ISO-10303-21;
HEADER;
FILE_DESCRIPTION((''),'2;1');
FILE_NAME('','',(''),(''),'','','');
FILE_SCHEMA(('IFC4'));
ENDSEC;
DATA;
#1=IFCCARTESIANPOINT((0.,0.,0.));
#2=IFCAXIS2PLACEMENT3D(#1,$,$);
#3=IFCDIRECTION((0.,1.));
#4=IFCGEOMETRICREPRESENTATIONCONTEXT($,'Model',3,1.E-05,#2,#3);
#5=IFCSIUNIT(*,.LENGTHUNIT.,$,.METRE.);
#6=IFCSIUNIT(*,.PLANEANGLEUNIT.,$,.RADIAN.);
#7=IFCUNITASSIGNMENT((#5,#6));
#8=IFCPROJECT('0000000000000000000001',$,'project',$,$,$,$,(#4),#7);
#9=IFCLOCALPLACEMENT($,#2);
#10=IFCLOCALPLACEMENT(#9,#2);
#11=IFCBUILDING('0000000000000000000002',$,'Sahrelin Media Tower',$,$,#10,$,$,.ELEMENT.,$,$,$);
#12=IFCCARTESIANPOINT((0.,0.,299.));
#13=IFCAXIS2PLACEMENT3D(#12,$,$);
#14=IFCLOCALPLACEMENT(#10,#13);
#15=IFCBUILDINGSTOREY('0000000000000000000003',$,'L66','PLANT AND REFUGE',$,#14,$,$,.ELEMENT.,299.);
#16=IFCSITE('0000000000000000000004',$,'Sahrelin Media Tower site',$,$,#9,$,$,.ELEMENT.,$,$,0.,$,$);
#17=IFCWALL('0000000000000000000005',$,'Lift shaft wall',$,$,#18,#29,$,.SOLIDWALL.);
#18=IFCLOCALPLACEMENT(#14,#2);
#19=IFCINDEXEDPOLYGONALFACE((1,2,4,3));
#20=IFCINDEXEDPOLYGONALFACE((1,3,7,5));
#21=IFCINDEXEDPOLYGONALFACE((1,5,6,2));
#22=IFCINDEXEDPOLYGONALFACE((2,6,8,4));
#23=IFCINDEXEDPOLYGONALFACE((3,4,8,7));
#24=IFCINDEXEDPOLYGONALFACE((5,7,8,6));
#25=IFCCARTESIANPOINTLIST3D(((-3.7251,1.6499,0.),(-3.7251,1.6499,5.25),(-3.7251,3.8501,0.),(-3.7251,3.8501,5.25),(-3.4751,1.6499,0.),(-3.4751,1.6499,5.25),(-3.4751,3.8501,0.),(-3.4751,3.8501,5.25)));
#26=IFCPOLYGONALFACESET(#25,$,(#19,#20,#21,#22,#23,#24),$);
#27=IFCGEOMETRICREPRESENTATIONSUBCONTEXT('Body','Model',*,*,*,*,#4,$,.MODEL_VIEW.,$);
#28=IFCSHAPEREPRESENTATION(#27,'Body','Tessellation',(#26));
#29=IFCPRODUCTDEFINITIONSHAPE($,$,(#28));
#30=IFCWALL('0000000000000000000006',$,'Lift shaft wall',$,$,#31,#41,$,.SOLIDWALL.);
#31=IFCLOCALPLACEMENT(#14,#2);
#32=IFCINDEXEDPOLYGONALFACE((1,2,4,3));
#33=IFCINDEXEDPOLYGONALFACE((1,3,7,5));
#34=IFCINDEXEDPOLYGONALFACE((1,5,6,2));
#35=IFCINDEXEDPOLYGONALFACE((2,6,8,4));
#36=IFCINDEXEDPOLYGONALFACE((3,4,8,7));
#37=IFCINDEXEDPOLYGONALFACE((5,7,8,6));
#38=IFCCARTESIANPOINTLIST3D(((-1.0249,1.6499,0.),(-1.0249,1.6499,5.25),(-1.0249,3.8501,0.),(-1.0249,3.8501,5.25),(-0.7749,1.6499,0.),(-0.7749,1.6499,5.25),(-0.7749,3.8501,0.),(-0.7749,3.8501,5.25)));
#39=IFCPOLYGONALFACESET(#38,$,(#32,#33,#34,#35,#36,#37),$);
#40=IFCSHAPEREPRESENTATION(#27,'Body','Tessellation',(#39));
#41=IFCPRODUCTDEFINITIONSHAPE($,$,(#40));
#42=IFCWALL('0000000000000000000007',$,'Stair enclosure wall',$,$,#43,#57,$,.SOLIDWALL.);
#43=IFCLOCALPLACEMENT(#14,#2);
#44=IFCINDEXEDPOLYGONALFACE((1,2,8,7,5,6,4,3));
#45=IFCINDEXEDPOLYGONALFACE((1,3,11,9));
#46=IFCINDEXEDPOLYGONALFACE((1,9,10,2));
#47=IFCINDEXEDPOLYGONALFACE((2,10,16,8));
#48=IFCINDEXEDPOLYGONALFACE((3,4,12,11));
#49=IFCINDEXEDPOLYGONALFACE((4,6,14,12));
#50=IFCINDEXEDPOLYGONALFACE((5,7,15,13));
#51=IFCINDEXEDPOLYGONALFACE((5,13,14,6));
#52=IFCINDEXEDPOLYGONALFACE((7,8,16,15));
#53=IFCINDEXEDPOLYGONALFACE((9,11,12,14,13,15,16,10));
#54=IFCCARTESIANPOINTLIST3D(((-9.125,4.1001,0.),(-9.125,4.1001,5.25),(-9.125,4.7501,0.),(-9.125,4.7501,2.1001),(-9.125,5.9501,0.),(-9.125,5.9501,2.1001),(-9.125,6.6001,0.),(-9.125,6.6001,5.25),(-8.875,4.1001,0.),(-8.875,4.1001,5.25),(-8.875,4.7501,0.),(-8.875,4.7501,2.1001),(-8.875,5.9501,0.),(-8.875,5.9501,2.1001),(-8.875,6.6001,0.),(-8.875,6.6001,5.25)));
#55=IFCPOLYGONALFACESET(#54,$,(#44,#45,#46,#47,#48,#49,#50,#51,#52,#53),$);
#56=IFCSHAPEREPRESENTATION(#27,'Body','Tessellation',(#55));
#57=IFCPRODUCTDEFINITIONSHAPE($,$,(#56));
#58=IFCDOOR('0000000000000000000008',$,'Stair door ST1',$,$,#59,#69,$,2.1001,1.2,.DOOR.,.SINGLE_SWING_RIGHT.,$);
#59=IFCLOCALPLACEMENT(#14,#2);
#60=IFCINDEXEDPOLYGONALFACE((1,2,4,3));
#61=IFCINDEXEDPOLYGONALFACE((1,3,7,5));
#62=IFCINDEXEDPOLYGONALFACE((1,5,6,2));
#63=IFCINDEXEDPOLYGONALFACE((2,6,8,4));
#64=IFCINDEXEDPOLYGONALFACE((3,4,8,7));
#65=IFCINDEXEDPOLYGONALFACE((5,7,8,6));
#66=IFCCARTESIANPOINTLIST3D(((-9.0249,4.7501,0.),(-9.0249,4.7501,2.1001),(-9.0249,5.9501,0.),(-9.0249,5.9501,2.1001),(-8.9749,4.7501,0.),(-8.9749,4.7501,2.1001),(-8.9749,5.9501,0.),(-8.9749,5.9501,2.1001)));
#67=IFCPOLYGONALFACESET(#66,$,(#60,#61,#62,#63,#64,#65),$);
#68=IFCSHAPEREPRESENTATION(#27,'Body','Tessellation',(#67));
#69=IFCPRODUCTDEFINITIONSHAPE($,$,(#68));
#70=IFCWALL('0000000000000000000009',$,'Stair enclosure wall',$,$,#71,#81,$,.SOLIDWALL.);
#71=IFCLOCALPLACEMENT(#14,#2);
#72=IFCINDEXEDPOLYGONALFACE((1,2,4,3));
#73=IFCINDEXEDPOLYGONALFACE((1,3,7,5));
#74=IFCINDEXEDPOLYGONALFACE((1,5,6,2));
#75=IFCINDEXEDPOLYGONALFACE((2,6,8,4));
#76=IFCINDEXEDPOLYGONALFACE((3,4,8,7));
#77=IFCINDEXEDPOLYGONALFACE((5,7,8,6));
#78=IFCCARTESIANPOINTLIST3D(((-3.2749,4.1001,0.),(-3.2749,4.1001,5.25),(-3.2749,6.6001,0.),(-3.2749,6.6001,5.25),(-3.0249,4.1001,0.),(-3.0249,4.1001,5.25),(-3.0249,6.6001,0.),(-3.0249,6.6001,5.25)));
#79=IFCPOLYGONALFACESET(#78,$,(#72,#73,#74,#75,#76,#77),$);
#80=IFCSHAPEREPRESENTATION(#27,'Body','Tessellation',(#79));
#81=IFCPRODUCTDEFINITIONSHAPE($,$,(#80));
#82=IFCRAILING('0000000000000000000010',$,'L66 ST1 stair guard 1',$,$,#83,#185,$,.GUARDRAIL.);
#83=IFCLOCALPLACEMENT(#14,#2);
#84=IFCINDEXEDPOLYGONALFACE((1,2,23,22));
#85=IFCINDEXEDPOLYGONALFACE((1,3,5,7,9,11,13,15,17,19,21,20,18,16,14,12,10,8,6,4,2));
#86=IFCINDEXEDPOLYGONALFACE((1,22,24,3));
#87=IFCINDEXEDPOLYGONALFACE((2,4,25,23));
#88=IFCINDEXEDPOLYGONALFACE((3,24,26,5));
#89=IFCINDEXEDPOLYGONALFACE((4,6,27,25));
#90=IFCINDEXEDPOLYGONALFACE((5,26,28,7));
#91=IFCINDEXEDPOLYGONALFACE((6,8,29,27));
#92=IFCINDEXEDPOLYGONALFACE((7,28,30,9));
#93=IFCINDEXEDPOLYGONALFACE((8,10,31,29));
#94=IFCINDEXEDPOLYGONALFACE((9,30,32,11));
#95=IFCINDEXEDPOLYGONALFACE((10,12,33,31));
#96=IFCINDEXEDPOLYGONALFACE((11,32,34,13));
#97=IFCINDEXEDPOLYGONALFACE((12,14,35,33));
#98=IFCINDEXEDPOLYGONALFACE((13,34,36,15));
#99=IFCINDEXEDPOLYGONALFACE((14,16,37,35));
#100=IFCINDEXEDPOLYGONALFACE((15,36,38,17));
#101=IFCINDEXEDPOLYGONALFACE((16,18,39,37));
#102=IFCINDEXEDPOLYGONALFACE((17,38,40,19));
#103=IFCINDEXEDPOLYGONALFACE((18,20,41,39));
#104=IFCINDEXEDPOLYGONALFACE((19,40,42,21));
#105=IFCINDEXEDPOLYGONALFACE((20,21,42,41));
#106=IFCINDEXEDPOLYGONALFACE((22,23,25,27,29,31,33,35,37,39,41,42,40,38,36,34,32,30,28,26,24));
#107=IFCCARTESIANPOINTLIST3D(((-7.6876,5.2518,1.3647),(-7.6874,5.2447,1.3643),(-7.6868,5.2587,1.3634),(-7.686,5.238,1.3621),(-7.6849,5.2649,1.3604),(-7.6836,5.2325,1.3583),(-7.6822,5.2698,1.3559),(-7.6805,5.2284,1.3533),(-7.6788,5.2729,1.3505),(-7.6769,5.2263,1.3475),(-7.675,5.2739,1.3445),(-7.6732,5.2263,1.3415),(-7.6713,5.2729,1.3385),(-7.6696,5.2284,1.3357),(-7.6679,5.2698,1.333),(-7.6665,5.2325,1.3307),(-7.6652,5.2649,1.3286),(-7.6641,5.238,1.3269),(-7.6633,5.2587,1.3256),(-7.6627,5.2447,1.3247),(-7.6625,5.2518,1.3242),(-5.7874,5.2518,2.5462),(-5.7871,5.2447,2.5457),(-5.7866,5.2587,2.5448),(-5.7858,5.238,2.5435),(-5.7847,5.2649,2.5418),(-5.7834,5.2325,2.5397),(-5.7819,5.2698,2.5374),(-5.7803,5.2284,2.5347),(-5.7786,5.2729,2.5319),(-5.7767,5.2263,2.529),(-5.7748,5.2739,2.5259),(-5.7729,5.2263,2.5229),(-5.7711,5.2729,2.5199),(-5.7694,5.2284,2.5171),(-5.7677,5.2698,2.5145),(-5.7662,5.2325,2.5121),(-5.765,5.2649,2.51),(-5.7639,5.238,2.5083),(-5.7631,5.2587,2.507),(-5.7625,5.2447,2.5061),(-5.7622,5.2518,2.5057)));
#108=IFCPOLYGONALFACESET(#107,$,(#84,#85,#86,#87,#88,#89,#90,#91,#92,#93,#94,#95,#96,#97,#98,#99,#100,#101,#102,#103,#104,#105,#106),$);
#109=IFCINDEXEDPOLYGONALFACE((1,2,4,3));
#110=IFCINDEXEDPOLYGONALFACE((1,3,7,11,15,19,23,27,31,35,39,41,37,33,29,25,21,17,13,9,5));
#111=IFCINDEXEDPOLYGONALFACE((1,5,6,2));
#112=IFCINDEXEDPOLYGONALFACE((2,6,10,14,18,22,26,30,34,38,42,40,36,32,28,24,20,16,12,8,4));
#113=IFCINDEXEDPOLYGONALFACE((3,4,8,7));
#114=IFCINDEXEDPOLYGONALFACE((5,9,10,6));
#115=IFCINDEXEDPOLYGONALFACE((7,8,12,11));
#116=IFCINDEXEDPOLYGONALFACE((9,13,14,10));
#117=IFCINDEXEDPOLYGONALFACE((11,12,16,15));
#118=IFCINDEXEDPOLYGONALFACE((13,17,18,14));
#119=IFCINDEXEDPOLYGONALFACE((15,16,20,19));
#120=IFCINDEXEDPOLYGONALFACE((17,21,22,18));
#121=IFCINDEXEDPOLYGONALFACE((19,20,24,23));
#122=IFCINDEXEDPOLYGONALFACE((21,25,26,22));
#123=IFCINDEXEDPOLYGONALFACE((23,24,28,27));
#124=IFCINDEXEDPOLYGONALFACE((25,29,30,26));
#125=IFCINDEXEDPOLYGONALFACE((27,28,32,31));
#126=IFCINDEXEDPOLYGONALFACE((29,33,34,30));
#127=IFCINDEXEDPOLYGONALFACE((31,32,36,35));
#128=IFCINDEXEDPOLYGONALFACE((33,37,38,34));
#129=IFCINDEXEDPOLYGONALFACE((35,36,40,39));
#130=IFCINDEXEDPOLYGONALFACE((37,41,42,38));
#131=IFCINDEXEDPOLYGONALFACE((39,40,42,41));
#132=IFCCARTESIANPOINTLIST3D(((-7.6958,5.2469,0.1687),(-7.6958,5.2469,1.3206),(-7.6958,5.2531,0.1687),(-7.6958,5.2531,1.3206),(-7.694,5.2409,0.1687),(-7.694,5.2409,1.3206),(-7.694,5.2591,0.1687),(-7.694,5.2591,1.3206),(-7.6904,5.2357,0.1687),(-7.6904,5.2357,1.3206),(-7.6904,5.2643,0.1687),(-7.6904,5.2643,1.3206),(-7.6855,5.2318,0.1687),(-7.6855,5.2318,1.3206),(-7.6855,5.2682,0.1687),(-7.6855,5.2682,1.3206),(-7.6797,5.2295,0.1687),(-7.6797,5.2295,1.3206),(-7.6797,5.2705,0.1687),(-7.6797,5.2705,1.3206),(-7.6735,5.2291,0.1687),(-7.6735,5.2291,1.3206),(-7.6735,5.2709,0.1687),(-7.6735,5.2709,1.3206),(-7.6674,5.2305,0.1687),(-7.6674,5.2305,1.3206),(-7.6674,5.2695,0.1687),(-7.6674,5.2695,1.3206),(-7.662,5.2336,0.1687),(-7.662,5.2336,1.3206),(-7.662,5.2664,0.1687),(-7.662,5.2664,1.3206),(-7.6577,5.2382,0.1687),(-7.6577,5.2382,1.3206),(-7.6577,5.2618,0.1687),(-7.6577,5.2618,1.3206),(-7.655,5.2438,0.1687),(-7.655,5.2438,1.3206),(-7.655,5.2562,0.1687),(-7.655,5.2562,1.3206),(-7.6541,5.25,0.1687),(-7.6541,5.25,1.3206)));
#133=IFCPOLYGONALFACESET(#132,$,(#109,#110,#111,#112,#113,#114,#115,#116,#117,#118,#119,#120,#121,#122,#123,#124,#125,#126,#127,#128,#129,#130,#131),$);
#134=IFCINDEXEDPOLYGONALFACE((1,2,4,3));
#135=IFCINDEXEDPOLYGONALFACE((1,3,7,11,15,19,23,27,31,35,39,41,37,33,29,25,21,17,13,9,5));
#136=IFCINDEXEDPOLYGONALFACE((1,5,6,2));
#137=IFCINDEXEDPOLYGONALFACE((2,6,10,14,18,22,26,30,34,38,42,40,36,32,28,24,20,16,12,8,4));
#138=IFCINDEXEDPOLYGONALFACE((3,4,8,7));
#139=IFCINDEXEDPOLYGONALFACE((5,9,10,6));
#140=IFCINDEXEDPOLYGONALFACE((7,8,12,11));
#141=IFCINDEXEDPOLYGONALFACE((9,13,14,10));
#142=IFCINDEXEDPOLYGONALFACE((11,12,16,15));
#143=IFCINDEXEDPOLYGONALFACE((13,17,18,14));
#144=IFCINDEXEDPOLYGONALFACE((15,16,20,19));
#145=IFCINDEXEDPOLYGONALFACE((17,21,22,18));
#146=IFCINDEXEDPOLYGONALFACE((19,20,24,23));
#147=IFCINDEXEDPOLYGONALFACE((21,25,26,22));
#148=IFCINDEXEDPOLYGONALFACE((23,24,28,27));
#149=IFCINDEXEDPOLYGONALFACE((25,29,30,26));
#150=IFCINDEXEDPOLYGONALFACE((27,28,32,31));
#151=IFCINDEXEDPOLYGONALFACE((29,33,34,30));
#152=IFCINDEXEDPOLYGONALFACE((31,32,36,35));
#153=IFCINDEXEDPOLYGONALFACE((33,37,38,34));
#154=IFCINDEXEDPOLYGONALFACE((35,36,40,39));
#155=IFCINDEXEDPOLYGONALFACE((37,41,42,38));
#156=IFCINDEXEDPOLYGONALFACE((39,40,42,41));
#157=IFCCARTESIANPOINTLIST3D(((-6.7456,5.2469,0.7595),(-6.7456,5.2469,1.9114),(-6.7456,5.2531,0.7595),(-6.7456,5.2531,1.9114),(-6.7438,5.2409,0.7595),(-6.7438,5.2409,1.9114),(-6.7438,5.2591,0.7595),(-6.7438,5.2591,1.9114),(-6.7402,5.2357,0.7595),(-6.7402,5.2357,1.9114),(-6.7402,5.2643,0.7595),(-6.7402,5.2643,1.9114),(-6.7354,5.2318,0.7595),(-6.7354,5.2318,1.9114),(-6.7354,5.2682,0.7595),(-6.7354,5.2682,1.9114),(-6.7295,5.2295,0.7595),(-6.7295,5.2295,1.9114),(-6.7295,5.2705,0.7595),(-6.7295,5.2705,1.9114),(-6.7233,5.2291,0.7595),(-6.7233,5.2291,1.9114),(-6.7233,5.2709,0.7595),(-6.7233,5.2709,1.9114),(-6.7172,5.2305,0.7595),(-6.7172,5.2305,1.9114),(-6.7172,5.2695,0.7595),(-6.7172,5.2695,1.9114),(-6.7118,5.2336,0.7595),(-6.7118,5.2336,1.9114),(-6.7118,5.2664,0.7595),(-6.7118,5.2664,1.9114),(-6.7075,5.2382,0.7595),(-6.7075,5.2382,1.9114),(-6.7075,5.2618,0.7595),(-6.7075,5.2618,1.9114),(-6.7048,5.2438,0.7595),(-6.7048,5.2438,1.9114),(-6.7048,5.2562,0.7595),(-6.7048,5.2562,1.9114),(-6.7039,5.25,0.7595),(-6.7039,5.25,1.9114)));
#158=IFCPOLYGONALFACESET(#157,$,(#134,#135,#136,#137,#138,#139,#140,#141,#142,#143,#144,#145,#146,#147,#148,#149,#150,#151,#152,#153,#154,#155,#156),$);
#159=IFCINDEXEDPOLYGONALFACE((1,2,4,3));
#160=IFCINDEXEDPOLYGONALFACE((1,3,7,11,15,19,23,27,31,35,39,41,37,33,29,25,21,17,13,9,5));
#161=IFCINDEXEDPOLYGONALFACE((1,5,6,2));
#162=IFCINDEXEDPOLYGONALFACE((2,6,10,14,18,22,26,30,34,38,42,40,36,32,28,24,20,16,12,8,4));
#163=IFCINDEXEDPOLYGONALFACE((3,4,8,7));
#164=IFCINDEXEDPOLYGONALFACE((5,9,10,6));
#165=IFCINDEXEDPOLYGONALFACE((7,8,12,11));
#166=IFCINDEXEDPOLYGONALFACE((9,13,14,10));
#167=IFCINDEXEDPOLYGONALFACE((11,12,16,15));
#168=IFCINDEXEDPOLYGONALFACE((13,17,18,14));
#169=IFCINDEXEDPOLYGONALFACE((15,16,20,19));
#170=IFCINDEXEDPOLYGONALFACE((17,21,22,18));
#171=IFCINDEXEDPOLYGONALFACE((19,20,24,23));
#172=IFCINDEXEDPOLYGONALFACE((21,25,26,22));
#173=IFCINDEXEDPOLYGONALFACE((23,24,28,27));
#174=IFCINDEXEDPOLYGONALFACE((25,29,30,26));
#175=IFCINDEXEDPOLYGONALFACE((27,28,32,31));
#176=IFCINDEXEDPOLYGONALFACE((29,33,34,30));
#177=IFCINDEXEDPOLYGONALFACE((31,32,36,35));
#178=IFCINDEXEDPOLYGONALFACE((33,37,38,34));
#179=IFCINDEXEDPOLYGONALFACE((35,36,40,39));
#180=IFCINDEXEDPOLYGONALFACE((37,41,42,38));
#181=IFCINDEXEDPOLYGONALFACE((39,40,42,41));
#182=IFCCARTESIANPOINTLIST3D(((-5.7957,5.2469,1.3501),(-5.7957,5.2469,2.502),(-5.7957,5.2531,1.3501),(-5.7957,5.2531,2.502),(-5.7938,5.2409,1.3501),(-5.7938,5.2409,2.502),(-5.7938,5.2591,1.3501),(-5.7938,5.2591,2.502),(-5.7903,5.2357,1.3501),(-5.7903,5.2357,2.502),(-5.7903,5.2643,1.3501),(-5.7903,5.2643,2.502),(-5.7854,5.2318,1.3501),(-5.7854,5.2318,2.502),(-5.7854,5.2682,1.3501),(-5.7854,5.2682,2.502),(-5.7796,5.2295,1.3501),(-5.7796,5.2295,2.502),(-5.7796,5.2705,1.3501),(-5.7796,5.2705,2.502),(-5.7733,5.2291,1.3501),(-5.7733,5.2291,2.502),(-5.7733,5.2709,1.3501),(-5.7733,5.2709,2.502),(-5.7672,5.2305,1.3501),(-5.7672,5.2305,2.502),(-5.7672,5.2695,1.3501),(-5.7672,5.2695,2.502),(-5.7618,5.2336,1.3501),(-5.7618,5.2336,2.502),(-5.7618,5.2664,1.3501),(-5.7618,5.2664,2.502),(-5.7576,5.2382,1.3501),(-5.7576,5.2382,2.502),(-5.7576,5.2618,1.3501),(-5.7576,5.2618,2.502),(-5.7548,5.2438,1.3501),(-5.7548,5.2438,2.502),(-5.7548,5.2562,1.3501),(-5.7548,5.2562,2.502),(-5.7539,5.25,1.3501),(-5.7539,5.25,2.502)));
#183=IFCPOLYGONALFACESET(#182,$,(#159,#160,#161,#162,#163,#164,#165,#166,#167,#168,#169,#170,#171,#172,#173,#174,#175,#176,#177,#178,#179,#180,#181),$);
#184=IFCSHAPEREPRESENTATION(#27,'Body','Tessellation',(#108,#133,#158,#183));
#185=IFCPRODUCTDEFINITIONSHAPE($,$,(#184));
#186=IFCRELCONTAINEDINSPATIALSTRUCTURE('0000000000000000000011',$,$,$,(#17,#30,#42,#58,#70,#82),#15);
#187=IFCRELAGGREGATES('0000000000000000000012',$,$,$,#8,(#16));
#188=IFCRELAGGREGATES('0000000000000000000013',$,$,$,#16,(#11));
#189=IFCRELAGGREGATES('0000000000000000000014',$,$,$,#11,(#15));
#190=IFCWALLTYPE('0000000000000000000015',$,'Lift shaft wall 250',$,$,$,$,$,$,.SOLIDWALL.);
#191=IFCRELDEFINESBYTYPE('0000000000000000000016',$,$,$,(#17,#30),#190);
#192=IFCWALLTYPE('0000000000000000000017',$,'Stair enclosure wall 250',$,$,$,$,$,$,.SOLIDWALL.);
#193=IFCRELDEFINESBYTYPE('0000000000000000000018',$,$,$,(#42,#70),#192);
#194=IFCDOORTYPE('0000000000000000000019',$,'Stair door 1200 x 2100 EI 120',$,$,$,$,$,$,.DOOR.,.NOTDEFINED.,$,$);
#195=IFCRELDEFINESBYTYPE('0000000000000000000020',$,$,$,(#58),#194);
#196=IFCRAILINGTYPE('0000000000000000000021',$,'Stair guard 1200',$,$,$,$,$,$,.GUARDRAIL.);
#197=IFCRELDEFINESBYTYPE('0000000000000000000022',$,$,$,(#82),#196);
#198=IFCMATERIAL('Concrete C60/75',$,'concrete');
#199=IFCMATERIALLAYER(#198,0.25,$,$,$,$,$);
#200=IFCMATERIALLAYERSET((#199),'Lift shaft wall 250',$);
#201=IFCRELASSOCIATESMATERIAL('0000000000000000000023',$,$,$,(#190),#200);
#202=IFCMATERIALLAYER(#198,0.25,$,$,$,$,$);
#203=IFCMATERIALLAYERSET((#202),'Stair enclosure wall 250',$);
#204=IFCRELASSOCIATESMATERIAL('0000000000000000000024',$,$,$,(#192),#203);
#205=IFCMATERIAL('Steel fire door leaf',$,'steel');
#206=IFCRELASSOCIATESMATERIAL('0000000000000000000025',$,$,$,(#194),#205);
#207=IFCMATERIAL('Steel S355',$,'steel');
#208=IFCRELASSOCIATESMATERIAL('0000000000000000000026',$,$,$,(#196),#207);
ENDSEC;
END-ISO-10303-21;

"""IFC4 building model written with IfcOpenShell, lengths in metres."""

from ifc_helpers import new_model, si_unit, direction, frame, frame_2d, origin, origin_2d, place, context, subcontext, project, spatial, rectangle, circle, extrude, material, layer, layer_set, type_object, element, fill, save


model = new_model("IFC4")

# Units and contexts
model_context = context("Model", 3, precision=1e-05, world=origin(), true_north=direction((0.0, 1.0)))
body_context = subcontext(model_context, "Body", "Model", "MODEL_VIEW")
ifc_project = project(units=[si_unit("LENGTHUNIT", "METRE"), si_unit("PLANEANGLEUNIT", "RADIAN")], contexts=[model_context])

# Site, building, storey
site_placement = place(None, origin())
site = spatial("IfcSite", under=ifc_project, at=site_placement, Name="Sahrelin Media Tower site", CompositionType="ELEMENT", RefElevation=0.0)
building_placement = place(site_placement, origin())
building = spatial("IfcBuilding", under=site, at=building_placement, Name="Sahrelin Media Tower", CompositionType="ELEMENT")
storey_placement = place(building_placement, frame((0.0, 0.0, 299.0)))
storey = spatial("IfcBuildingStorey", under=building, at=storey_placement, Name="L66", Description="PLANT AND REFUGE", CompositionType="ELEMENT", Elevation=299.0)

# Shared definitions
ifc_material_1 = material(Name="Steel S355", Category="steel")

# Shared definitions
ifc_material_2 = material(Name="Concrete C60/75", Category="concrete")

# Shared definitions
ifc_material_3 = material(Name="Steel fire door leaf", Category="steel")

# Walls
ifc_layer_1 = layer(ifc_material_2, 0.25)
ifc_layer_set_1 = layer_set([ifc_layer_1], Name="Lift shaft wall 250")
wall_type_1 = type_object("IfcWallType", Name="Lift shaft wall 250", PredefinedType="SOLIDWALL", material=ifc_layer_set_1)
for number, where, z_axis, x_axis, name in (
    (1, (-3.6001, 1.6499, 0.0), (0.0, 0.0, 1.0), (0.0, 1.0, 0.0), "Lift shaft wall"),
    (2, (-0.8999, 1.6499, 0.0), (0.0, 0.0, 1.0), (0.0, 1.0, 0.0), "Lift shaft wall"),
):
    element("IfcWall", number, at=place(storey_placement, frame(where, z_axis=z_axis, x_axis=x_axis)), inside=storey, type_object=wall_type_1, Name=name, PredefinedType="SOLIDWALL", context=body_context, shape_type="SweptSolid", body=[
        extrude(rectangle(XDim=2.2002, YDim=0.25, at=frame_2d((1.1001, 0.0))), origin(), (0.0, 0.0, 1.0), 5.25),
    ])

# Wall, opening, door
ifc_layer_2 = layer(ifc_material_2, 0.25)
ifc_layer_set_2 = layer_set([ifc_layer_2], Name="Stair enclosure wall 250")
wall_type_2 = type_object("IfcWallType", Name="Stair enclosure wall 250", PredefinedType="SOLIDWALL", material=ifc_layer_set_2)
wall_1_placement = place(storey_placement, frame((-9.0, 4.1001, 0.0), z_axis=(0.0, 0.0, 1.0), x_axis=(0.0, 1.0, 0.0)))
wall_1 = element("IfcWall", 3, at=wall_1_placement, inside=storey, type_object=wall_type_2, Name="Stair enclosure wall", PredefinedType="SOLIDWALL", context=body_context, shape_type="SweptSolid", body=[
    extrude(rectangle(XDim=2.5, YDim=0.25, at=frame_2d((1.25, 0.0))), origin(), (0.0, 0.0, 1.0), 5.25),
])
opening_1_placement = place(wall_1_placement, frame((0.6499, 0.0, 0.0)))
opening_1 = element("IfcOpeningElement", 4, at=opening_1_placement, cuts=wall_1, PredefinedType="OPENING", context=body_context, shape_type="SweptSolid", body=[
    extrude(rectangle(XDim=1.2, YDim=2.1001, at=frame_2d((0.6001, 1.05))), frame((0.0, 0.125, 0.0), z_axis=(0.0, -1.0, 0.0), x_axis=(1.0, 0.0, 0.0)), (0.0, 0.0, 1.0), 0.25),
])
door_type_1 = type_object("IfcDoorType", Name="Stair door 1200 x 2100 EI 120", OperationType="NOTDEFINED", PredefinedType="DOOR", material=ifc_material_3)
door_1_placement = place(opening_1_placement, origin())
door_1 = element("IfcDoor", 5, at=door_1_placement, inside=storey, type_object=door_type_1, Name="Stair door ST1", OperationType="SINGLE_SWING_RIGHT", OverallHeight=2.1001, OverallWidth=1.2, PredefinedType="DOOR", context=body_context, shape_type="SweptSolid", body=[
    extrude(rectangle(XDim=1.2, YDim=2.1001, at=frame_2d((0.6001, 1.05))), frame((0.0, 0.0249, 0.0), z_axis=(0.0, -1.0, 0.0), x_axis=(1.0, 0.0, 0.0)), (0.0, 0.0, 1.0), 0.05),
])
fill(opening_1, door_1)

# Wall
wall_2_placement = place(storey_placement, frame((-3.1499, 4.1001, 0.0), z_axis=(0.0, 0.0, 1.0), x_axis=(0.0, 1.0, 0.0)))
element("IfcWall", 6, at=wall_2_placement, inside=storey, type_object=wall_type_2, Name="Stair enclosure wall", PredefinedType="SOLIDWALL", context=body_context, shape_type="SweptSolid", body=[
    extrude(rectangle(XDim=2.5, YDim=0.25, at=frame_2d((1.25, 0.0))), origin(), (0.0, 0.0, 1.0), 5.25),
])

# Railing
railing_type_1 = type_object("IfcRailingType", Name="Stair guard 1200", PredefinedType="GUARDRAIL", material=ifc_material_1)
railing_1_placement = place(storey_placement, frame((-7.675, 5.25, 0.1687)))
element("IfcRailing", 7, at=railing_1_placement, inside=storey, type_object=railing_type_1, Name="L66 ST1 stair guard 1", PredefinedType="GUARDRAIL", context=body_context, shape_type="SweptSolid", body=[
    extrude(circle(Radius=0.0239, at=origin_2d()), frame((0.0, 0.0, 1.1758), z_axis=(0.84924, 0.0, 0.528006), x_axis=(0.0, 1.0, 0.0)), (0.0, 0.0, 1.0), 2.2375),
    extrude(circle(Radius=0.021, at=origin_2d()), origin(), (0.0, 0.0, 1.0), 1.1519),
    extrude(circle(Radius=0.021, at=origin_2d()), frame((0.9502, 0.0, 0.5908)), (0.0, 0.0, 1.0), 1.1519),
    extrude(circle(Radius=0.021, at=origin_2d()), frame((1.9001, 0.0, 1.1814)), (0.0, 0.0, 1.0), 1.1519),
])

save(model, "model.ifc")
